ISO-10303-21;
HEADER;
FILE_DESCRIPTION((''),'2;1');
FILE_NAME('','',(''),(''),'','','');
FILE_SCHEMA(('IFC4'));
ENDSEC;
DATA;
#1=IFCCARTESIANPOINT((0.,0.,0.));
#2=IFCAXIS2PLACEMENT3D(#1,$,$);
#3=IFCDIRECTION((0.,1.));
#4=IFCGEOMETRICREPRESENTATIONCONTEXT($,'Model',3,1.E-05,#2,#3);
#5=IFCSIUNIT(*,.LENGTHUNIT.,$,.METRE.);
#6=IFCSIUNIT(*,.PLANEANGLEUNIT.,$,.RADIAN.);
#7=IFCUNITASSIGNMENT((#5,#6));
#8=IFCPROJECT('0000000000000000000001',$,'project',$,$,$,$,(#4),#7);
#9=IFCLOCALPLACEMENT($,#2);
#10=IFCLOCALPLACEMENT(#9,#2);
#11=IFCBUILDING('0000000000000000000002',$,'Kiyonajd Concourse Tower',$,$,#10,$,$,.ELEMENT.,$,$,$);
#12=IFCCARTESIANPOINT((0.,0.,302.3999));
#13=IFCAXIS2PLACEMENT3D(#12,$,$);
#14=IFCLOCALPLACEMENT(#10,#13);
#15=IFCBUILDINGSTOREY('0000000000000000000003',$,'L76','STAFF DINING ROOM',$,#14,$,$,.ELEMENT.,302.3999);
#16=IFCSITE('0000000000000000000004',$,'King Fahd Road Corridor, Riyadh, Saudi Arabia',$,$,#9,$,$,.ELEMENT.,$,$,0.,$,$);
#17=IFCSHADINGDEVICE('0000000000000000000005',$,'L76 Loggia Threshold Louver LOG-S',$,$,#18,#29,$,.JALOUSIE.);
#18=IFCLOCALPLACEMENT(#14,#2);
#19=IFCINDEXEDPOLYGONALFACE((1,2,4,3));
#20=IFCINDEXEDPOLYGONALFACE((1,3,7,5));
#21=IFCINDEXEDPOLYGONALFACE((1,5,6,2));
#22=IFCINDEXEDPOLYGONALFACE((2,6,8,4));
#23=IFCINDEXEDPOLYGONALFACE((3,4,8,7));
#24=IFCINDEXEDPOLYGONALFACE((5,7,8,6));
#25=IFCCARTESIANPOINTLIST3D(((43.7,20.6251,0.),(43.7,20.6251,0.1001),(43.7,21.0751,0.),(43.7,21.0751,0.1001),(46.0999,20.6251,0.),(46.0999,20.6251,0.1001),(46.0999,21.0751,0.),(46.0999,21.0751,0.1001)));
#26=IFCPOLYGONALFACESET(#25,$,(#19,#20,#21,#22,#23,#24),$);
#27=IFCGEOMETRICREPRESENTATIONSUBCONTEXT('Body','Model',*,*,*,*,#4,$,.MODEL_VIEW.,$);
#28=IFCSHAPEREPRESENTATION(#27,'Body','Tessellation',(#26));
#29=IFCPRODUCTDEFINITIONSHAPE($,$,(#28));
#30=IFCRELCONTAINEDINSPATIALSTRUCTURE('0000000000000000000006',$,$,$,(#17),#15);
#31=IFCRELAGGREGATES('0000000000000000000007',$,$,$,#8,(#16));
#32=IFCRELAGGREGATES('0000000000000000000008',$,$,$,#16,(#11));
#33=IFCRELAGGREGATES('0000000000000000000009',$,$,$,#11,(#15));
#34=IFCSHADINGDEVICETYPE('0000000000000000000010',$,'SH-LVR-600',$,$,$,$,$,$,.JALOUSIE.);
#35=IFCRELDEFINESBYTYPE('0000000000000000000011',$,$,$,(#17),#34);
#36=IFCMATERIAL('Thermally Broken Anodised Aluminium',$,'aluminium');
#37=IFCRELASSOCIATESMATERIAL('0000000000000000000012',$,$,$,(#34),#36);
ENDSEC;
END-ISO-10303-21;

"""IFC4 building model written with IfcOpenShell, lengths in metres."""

from ifc_helpers import new_model, si_unit, direction, frame, origin, origin_2d, place, context, subcontext, project, spatial, rectangle, extrude, material, type_object, element, save


model = new_model("IFC4")

# Units and contexts
model_context = context("Model", 3, precision=1e-05, world=origin(), true_north=direction((0.0, 1.0)))
body_context = subcontext(model_context, "Body", "Model", "MODEL_VIEW")
ifc_project = project(units=[si_unit("LENGTHUNIT", "METRE"), si_unit("PLANEANGLEUNIT", "RADIAN")], contexts=[model_context])

# Site, building, storey
site_placement = place(None, origin())
site = spatial("IfcSite", under=ifc_project, at=site_placement, Name="King Fahd Road Corridor, Riyadh, Saudi Arabia", CompositionType="ELEMENT", RefElevation=0.0)
building_placement = place(site_placement, origin())
building = spatial("IfcBuilding", under=site, at=building_placement, Name="Kiyonajd Concourse Tower", CompositionType="ELEMENT")
storey_placement = place(building_placement, frame((0.0, 0.0, 302.3999)))
storey = spatial("IfcBuildingStorey", under=building, at=storey_placement, Name="L76", Description="STAFF DINING ROOM", CompositionType="ELEMENT", Elevation=302.3999)

# Shared definitions
ifc_material_1 = material(Name="Thermally Broken Anodised Aluminium", Category="aluminium")

# Shading device
shading_device_type_1 = type_object("IfcShadingDeviceType", Name="SH-LVR-600", PredefinedType="JALOUSIE", material=ifc_material_1)
shading_device_1_placement = place(storey_placement, frame((44.8999, 20.8501, 0.0), z_axis=(0.0, 0.0, 1.0), x_axis=(1.0, 0.0, 0.0)))
element("IfcShadingDevice", 1, at=shading_device_1_placement, inside=storey, type_object=shading_device_type_1, Name="L76 Loggia Threshold Louver LOG-S", PredefinedType="JALOUSIE", context=body_context, shape_type="SweptSolid", body=[
    extrude(rectangle(XDim=2.3999, YDim=0.45, at=origin_2d()), origin(), (0.0, 0.0, 1.0), 0.1001),
])

save(model, "model.ifc")
